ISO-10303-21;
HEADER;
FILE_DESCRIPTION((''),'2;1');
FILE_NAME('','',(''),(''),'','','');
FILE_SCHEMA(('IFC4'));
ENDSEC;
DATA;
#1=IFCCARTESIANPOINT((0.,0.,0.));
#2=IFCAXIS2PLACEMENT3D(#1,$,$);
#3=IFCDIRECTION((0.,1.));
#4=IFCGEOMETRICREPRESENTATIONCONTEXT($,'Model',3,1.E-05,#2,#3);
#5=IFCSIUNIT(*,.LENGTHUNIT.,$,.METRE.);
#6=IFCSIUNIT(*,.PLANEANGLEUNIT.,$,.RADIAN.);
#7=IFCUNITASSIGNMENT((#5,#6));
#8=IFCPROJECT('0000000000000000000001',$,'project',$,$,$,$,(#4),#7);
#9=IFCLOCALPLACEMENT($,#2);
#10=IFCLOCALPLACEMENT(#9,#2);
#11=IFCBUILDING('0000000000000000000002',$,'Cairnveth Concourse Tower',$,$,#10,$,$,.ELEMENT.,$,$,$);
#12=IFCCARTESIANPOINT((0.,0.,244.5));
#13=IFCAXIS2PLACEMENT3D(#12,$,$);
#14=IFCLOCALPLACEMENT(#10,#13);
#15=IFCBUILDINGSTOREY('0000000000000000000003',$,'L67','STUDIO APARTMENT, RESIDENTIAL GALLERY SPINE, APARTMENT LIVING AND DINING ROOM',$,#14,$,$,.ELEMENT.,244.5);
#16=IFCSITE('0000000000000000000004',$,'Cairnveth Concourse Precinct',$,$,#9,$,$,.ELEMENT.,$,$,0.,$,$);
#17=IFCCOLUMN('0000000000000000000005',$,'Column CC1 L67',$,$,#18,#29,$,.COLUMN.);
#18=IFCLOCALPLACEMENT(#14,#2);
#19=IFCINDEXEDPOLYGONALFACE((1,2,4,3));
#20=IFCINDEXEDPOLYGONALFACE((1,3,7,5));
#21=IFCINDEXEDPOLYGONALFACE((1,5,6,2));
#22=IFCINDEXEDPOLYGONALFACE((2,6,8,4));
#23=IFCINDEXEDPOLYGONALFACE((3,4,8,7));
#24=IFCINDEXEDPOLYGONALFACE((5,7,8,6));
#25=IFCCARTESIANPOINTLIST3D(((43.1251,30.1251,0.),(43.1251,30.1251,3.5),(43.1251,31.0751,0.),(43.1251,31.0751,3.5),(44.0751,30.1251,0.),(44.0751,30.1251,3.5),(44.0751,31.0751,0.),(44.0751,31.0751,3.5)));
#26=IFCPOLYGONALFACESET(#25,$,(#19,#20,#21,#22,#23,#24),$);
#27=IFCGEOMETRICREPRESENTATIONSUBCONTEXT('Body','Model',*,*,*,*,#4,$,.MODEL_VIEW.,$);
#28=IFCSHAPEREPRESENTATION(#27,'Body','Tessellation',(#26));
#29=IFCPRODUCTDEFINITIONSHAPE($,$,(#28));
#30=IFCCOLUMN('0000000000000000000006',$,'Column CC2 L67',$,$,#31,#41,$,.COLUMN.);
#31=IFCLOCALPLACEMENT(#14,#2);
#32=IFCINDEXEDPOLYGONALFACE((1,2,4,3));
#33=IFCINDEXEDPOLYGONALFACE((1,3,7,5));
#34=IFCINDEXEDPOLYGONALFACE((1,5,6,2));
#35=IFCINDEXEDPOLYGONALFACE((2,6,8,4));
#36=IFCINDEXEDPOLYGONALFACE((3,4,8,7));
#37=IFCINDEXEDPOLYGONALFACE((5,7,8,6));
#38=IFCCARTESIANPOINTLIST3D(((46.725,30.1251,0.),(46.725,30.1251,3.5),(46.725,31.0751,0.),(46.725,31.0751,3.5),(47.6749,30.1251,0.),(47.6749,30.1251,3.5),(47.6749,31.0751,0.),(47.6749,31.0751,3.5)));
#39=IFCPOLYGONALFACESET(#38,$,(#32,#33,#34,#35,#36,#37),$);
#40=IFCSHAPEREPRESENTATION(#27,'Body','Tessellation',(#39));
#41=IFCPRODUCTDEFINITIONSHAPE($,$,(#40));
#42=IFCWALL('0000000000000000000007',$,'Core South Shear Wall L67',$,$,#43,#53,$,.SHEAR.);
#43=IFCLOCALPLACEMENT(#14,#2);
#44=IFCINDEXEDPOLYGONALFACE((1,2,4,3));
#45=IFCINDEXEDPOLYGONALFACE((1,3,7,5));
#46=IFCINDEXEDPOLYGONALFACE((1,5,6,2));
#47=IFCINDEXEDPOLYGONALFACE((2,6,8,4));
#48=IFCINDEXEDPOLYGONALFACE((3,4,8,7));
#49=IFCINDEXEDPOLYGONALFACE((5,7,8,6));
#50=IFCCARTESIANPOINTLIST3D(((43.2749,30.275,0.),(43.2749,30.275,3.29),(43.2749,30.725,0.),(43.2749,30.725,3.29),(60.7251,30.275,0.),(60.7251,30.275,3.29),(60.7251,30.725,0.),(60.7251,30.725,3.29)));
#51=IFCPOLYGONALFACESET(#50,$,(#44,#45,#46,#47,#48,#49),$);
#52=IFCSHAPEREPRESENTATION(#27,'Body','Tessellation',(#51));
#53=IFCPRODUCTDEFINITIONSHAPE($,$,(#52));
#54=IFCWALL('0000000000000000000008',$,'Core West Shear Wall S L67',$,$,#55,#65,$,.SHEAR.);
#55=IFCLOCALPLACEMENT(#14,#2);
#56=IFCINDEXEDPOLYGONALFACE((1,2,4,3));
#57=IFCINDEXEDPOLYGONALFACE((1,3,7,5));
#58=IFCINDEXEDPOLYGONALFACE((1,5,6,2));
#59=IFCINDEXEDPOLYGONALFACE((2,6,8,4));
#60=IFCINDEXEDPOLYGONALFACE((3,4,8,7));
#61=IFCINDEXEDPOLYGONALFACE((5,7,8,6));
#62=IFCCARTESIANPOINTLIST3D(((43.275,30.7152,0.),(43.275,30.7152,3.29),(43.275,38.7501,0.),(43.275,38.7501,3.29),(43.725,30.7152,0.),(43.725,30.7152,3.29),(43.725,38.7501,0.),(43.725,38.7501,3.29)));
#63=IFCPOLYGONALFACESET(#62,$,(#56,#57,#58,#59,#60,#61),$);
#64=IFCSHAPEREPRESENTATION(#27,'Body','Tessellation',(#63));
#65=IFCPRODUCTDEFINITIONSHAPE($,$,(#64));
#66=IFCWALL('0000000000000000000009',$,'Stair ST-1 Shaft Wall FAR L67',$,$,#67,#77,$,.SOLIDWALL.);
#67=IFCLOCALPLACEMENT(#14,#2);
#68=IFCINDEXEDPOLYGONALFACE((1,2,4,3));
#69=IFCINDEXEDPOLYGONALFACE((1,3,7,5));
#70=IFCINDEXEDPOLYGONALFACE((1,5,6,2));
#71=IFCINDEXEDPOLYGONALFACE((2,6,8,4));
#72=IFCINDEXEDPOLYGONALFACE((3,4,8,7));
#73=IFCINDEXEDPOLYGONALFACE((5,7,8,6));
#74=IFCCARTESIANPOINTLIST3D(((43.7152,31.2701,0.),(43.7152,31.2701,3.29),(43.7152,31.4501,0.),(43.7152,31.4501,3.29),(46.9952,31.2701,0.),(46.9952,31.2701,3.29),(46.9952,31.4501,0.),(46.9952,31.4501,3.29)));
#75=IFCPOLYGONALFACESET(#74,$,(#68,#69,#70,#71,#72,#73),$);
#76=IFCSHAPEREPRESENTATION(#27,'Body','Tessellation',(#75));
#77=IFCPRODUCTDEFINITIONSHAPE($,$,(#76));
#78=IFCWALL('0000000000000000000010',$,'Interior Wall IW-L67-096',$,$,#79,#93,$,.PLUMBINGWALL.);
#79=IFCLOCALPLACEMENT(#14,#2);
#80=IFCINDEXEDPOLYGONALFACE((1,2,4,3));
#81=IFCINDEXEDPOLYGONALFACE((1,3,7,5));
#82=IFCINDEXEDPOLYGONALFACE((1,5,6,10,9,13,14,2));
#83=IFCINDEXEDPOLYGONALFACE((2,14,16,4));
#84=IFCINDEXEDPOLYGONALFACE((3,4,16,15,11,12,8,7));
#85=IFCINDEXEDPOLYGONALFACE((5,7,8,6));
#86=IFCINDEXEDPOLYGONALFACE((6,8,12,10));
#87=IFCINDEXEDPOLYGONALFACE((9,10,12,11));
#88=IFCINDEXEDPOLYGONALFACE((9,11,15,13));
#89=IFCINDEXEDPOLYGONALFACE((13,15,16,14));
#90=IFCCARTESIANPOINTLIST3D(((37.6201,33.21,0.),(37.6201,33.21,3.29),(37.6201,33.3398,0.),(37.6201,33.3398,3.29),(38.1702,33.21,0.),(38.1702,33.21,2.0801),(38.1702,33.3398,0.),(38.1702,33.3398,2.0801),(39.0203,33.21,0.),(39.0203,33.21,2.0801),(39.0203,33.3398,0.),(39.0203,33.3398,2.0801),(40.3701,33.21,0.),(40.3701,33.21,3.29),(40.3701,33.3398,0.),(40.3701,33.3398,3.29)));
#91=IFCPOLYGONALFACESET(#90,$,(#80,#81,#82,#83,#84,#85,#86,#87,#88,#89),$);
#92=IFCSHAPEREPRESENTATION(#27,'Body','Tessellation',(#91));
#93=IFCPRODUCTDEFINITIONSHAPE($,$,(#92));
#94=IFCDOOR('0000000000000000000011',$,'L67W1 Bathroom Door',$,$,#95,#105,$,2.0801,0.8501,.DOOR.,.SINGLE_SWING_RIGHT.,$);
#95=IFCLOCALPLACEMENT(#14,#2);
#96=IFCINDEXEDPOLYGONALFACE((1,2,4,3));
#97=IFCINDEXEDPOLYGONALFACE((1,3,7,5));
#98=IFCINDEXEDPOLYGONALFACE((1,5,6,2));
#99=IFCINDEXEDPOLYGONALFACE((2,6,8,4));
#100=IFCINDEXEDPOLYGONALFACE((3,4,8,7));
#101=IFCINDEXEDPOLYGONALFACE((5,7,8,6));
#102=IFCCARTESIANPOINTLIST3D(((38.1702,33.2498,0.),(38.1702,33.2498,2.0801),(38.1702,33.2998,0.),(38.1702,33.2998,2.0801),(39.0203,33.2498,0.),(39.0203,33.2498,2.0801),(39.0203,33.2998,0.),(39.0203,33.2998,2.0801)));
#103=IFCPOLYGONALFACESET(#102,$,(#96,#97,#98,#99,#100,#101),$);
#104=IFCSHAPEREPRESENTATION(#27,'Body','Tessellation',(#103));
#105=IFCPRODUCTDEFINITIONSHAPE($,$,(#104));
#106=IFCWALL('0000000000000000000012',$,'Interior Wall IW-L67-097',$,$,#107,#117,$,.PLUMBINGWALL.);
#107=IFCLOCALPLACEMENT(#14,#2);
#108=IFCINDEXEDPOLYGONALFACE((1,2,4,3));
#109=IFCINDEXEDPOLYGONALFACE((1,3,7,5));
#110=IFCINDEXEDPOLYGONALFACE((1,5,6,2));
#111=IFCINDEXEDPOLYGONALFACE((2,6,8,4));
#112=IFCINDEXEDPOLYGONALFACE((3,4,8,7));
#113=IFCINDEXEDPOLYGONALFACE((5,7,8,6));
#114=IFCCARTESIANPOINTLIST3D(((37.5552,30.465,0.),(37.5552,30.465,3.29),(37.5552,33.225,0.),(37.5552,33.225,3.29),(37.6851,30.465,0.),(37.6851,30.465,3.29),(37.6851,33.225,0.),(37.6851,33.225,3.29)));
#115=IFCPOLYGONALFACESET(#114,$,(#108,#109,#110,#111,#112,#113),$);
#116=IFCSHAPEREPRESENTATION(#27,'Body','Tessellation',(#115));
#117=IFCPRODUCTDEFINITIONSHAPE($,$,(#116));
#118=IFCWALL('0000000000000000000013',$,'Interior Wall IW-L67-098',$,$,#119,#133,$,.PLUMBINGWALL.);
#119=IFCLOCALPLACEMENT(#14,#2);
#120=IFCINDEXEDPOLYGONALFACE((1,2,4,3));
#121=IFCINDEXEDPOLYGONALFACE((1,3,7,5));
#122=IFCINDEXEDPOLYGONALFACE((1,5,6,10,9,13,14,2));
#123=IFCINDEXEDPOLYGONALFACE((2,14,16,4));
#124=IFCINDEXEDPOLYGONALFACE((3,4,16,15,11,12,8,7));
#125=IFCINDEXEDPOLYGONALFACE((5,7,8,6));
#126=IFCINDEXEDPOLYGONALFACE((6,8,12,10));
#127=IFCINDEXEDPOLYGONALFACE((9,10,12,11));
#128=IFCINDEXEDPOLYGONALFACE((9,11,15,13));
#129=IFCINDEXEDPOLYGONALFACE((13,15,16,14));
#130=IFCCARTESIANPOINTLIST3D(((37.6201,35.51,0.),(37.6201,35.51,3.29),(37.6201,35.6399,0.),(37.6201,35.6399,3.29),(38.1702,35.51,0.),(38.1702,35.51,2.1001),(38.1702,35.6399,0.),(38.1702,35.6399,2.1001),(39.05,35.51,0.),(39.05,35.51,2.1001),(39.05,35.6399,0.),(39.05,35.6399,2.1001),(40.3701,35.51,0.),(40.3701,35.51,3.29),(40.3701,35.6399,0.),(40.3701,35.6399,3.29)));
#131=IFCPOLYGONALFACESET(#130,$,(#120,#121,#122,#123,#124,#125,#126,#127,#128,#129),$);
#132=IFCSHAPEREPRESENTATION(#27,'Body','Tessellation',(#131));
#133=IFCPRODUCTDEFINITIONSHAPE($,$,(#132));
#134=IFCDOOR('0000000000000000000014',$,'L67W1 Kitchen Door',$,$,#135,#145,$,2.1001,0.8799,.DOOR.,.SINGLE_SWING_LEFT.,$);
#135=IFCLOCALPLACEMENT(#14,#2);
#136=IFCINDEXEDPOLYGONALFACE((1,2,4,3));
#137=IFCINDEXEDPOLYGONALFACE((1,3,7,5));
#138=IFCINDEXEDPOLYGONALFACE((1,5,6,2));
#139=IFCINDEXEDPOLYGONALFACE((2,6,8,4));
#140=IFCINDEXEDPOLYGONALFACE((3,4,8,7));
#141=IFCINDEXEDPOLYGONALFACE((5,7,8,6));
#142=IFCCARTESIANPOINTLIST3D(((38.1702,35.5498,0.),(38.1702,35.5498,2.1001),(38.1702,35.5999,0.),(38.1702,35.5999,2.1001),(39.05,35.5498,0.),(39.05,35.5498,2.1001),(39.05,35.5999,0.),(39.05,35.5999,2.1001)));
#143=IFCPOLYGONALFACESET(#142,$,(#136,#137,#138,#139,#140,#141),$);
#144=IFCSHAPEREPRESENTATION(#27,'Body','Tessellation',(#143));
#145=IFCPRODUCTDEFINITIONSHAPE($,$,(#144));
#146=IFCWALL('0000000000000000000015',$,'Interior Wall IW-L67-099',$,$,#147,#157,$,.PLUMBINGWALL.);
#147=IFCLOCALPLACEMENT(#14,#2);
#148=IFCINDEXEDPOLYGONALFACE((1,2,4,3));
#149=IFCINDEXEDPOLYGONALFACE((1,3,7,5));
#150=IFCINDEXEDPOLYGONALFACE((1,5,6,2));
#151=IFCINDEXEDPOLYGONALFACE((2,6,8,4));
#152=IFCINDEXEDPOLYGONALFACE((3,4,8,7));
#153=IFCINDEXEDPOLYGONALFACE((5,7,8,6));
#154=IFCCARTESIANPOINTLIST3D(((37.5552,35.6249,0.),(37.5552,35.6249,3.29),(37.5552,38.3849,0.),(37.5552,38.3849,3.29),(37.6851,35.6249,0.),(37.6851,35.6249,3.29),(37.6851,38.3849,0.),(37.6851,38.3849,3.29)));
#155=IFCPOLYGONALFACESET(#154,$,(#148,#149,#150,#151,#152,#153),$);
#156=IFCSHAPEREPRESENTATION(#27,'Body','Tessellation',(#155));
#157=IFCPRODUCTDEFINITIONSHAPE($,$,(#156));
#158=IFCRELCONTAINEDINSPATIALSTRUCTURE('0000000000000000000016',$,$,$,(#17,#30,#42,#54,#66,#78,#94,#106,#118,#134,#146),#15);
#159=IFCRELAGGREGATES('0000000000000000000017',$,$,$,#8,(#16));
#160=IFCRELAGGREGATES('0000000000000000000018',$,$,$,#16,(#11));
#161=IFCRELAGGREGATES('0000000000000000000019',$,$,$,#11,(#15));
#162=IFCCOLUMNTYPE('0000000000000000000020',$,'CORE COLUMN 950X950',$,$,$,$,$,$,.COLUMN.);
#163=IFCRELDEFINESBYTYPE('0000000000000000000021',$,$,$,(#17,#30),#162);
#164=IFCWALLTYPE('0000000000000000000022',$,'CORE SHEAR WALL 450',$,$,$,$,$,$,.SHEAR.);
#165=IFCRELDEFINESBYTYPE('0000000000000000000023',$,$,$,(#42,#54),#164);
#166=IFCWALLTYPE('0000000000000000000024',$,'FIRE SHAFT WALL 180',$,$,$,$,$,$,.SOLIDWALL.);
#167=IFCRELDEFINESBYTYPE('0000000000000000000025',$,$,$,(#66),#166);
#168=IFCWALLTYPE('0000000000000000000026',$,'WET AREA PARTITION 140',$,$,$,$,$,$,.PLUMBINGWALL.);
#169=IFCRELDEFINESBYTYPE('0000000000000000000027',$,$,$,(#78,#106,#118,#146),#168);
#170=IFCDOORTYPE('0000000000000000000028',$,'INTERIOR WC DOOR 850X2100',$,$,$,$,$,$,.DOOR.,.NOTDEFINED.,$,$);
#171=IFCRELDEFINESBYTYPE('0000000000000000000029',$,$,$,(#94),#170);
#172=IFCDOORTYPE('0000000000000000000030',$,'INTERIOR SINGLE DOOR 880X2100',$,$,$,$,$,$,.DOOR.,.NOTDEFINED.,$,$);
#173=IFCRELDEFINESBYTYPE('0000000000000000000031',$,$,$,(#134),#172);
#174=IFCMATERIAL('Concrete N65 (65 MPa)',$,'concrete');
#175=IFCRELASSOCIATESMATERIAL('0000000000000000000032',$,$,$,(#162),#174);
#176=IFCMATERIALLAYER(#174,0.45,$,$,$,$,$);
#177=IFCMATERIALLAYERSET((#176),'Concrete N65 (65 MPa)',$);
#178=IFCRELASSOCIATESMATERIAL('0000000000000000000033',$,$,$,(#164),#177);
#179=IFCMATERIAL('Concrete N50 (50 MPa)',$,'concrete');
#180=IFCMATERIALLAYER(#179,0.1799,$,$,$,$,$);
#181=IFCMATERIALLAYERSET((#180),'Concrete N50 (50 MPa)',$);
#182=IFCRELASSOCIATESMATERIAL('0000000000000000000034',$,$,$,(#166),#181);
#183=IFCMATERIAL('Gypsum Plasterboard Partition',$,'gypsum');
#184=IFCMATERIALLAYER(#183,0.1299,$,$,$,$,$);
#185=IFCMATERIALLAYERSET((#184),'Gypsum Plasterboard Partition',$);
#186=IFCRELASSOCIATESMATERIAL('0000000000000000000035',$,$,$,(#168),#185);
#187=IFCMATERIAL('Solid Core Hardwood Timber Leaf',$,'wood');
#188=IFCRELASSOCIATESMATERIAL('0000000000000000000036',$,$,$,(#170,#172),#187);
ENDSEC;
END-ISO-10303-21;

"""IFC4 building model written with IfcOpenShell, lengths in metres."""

from ifc_helpers import new_model, si_unit, direction, frame, frame_2d, origin, origin_2d, place, context, subcontext, project, spatial, rectangle, extrude, material, layer, layer_set, material_profile, profile_set, type_object, element, fill, save


model = new_model("IFC4")

# Units and contexts
model_context = context("Model", 3, precision=1e-05, world=origin(), true_north=direction((0.0, 1.0)))
body_context = subcontext(model_context, "Body", "Model", "MODEL_VIEW")
ifc_project = project(units=[si_unit("LENGTHUNIT", "METRE"), si_unit("PLANEANGLEUNIT", "RADIAN")], contexts=[model_context])

# Site, building, storey
site_placement = place(None, origin())
site = spatial("IfcSite", under=ifc_project, at=site_placement, Name="Cairnveth Concourse Precinct", CompositionType="ELEMENT", RefElevation=0.0)
building_placement = place(site_placement, origin())
building = spatial("IfcBuilding", under=site, at=building_placement, Name="Cairnveth Concourse Tower", CompositionType="ELEMENT")
storey_placement = place(building_placement, frame((0.0, 0.0, 244.5)))
storey = spatial("IfcBuildingStorey", under=building, at=storey_placement, Name="L67", Description="STUDIO APARTMENT, RESIDENTIAL GALLERY SPINE, APARTMENT LIVING AND DINING ROOM", CompositionType="ELEMENT", Elevation=244.5)

# Columns
ifc_material_1 = material(Name="Concrete N65 (65 MPa)", Category="concrete")
ifc_material_profile = material_profile(ifc_material_1, rectangle(XDim=0.95, YDim=0.95, at=origin_2d()), Name="RC-COL-950x950")
ifc_profile_set = profile_set([ifc_material_profile], Name="Concrete N65 (65 MPa)")
column_type = type_object("IfcColumnType", Name="CORE COLUMN 950X950", PredefinedType="COLUMN", material=ifc_profile_set)
for number, where, z_axis, x_axis, name in (
    (1, (43.6001, 30.6001, 0.0), (0.0, 0.0, 1.0), (1.0, 0.0, 0.0), "Column CC1 L67"),
    (2, (47.2, 30.6001, 0.0), (0.0, 0.0, 1.0), (1.0, 0.0, 0.0), "Column CC2 L67"),
):
    element("IfcColumn", number, at=place(storey_placement, frame(where, z_axis=z_axis, x_axis=x_axis)), inside=storey, type_object=column_type, Name=name, PredefinedType="COLUMN", context=body_context, shape_type="SweptSolid", body=[
        extrude(rectangle(XDim=0.95, YDim=0.95, at=origin_2d()), origin(), (0.0, 0.0, 1.0), 3.5),
    ])

# Walls
ifc_layer_1 = layer(ifc_material_1, 0.45)
ifc_layer_set_1 = layer_set([ifc_layer_1], Name="Concrete N65 (65 MPa)")
wall_type_1 = type_object("IfcWallType", Name="CORE SHEAR WALL 450", PredefinedType="SHEAR", material=ifc_layer_set_1)
wall_1_placement = place(storey_placement, frame((43.2749, 30.5, 0.0), z_axis=(0.0, 0.0, 1.0), x_axis=(1.0, 0.0, 0.0)))
element("IfcWall", 3, at=wall_1_placement, inside=storey, type_object=wall_type_1, Name="Core South Shear Wall L67", PredefinedType="SHEAR", context=body_context, shape_type="SweptSolid", body=[
    extrude(rectangle(XDim=17.4502, YDim=0.45, at=frame_2d((8.7251, 0.0))), origin(), (0.0, 0.0, 1.0), 3.29),
])
wall_2_placement = place(storey_placement, frame((43.5, 30.7151, 0.0), z_axis=(0.0, 0.0, 1.0), x_axis=(0.0, 1.0, 0.0)))
element("IfcWall", 4, at=wall_2_placement, inside=storey, type_object=wall_type_1, Name="Core West Shear Wall S L67", PredefinedType="SHEAR", context=body_context, shape_type="SweptSolid", body=[
    extrude(rectangle(XDim=8.0349, YDim=0.45, at=frame_2d((4.0176, 0.0))), origin(), (0.0, 0.0, 1.0), 3.29),
])
ifc_material_2 = material(Name="Concrete N50 (50 MPa)", Category="concrete")
ifc_layer_2 = layer(ifc_material_2, 0.1799)
ifc_layer_set_2 = layer_set([ifc_layer_2], Name="Concrete N50 (50 MPa)")
wall_type_2 = type_object("IfcWallType", Name="FIRE SHAFT WALL 180", PredefinedType="SOLIDWALL", material=ifc_layer_set_2)
wall_3_placement = place(storey_placement, frame((43.7151, 31.3601, 0.0), z_axis=(0.0, 0.0, 1.0), x_axis=(1.0, 0.0, 0.0)))
element("IfcWall", 5, at=wall_3_placement, inside=storey, type_object=wall_type_2, Name="Stair ST-1 Shaft Wall FAR L67", PredefinedType="SOLIDWALL", context=body_context, shape_type="SweptSolid", body=[
    extrude(rectangle(XDim=3.28, YDim=0.1799, at=frame_2d((1.6401, 0.0))), origin(), (0.0, 0.0, 1.0), 3.29),
])

# Wall, opening, door
ifc_material_3 = material(Name="Gypsum Plasterboard Partition", Category="gypsum")
ifc_layer_3 = layer(ifc_material_3, 0.1299)
ifc_layer_set_3 = layer_set([ifc_layer_3], Name="Gypsum Plasterboard Partition")
wall_type_3 = type_object("IfcWallType", Name="WET AREA PARTITION 140", PredefinedType="PLUMBINGWALL", material=ifc_layer_set_3)
wall_4_placement = place(storey_placement, frame((37.6201, 33.2749, 0.0), z_axis=(0.0, 0.0, 1.0), x_axis=(1.0, 0.0, 0.0)))
wall_4 = element("IfcWall", 6, at=wall_4_placement, inside=storey, type_object=wall_type_3, Name="Interior Wall IW-L67-096", PredefinedType="PLUMBINGWALL", context=body_context, shape_type="SweptSolid", body=[
    extrude(rectangle(XDim=2.75, YDim=0.1299, at=frame_2d((1.375, 0.0))), origin(), (0.0, 0.0, 1.0), 3.29),
])
opening_1_placement = place(wall_4_placement, frame((0.55, 0.0, 0.0)))
opening_1 = element("IfcOpeningElement", 7, at=opening_1_placement, cuts=wall_4, PredefinedType="OPENING", context=body_context, shape_type="SweptSolid", body=[
    extrude(rectangle(XDim=0.8501, YDim=2.0801, at=frame_2d((0.425, 1.04))), frame((0.0, 0.075, 0.0), z_axis=(0.0, -1.0, 0.0), x_axis=(1.0, 0.0, 0.0)), (0.0, 0.0, 1.0), 0.1499),
])
ifc_material_4 = material(Name="Solid Core Hardwood Timber Leaf", Category="wood")
door_type_1 = type_object("IfcDoorType", Name="INTERIOR WC DOOR 850X2100", OperationType="NOTDEFINED", PredefinedType="DOOR", material=ifc_material_4)
door_1_placement = place(opening_1_placement, origin())
door_1 = element("IfcDoor", 8, at=door_1_placement, inside=storey, type_object=door_type_1, Name="L67W1 Bathroom Door", OperationType="SINGLE_SWING_RIGHT", OverallHeight=2.0801, OverallWidth=0.8501, PredefinedType="DOOR", context=body_context, shape_type="SweptSolid", body=[
    extrude(rectangle(XDim=0.8501, YDim=2.0801, at=frame_2d((0.425, 1.04))), frame((0.0, 0.0249, 0.0), z_axis=(0.0, -1.0, 0.0), x_axis=(1.0, 0.0, 0.0)), (0.0, 0.0, 1.0), 0.05),
])
fill(opening_1, door_1)

# Wall
wall_5_placement = place(storey_placement, frame((37.6201, 30.4651, 0.0), z_axis=(0.0, 0.0, 1.0), x_axis=(0.0, 1.0, 0.0)))
element("IfcWall", 9, at=wall_5_placement, inside=storey, type_object=wall_type_3, Name="Interior Wall IW-L67-097", PredefinedType="PLUMBINGWALL", context=body_context, shape_type="SweptSolid", body=[
    extrude(rectangle(XDim=2.76, YDim=0.1299, at=frame_2d((1.3799, 0.0))), origin(), (0.0, 0.0, 1.0), 3.29),
])

# Wall, opening, door
wall_6_placement = place(storey_placement, frame((37.6201, 35.575, 0.0), z_axis=(0.0, 0.0, 1.0), x_axis=(1.0, 0.0, 0.0)))
wall_6 = element("IfcWall", 10, at=wall_6_placement, inside=storey, type_object=wall_type_3, Name="Interior Wall IW-L67-098", PredefinedType="PLUMBINGWALL", context=body_context, shape_type="SweptSolid", body=[
    extrude(rectangle(XDim=2.75, YDim=0.1299, at=frame_2d((1.375, 0.0))), origin(), (0.0, 0.0, 1.0), 3.29),
])
opening_2_placement = place(wall_6_placement, frame((0.55, 0.0, 0.0)))
opening_2 = element("IfcOpeningElement", 11, at=opening_2_placement, cuts=wall_6, PredefinedType="OPENING", context=body_context, shape_type="SweptSolid", body=[
    extrude(rectangle(XDim=0.8799, YDim=2.1001, at=frame_2d((0.4399, 1.05))), frame((0.0, 0.075, 0.0), z_axis=(0.0, -1.0, 0.0), x_axis=(1.0, 0.0, 0.0)), (0.0, 0.0, 1.0), 0.1499),
])
door_type_2 = type_object("IfcDoorType", Name="INTERIOR SINGLE DOOR 880X2100", OperationType="NOTDEFINED", PredefinedType="DOOR", material=ifc_material_4)
door_2_placement = place(opening_2_placement, origin())
door_2 = element("IfcDoor", 12, at=door_2_placement, inside=storey, type_object=door_type_2, Name="L67W1 Kitchen Door", OperationType="SINGLE_SWING_LEFT", OverallHeight=2.1001, OverallWidth=0.8799, PredefinedType="DOOR", context=body_context, shape_type="SweptSolid", body=[
    extrude(rectangle(XDim=0.8799, YDim=2.1001, at=frame_2d((0.4399, 1.05))), frame((0.0, 0.0249, 0.0), z_axis=(0.0, -1.0, 0.0), x_axis=(1.0, 0.0, 0.0)), (0.0, 0.0, 1.0), 0.05),
])
fill(opening_2, door_2)

# Wall
wall_7_placement = place(storey_placement, frame((37.6201, 35.625, 0.0), z_axis=(0.0, 0.0, 1.0), x_axis=(0.0, 1.0, 0.0)))
element("IfcWall", 13, at=wall_7_placement, inside=storey, type_object=wall_type_3, Name="Interior Wall IW-L67-099", PredefinedType="PLUMBINGWALL", context=body_context, shape_type="SweptSolid", body=[
    extrude(rectangle(XDim=2.76, YDim=0.1299, at=frame_2d((1.3799, 0.0))), origin(), (0.0, 0.0, 1.0), 3.29),
])

save(model, "model.ifc")
